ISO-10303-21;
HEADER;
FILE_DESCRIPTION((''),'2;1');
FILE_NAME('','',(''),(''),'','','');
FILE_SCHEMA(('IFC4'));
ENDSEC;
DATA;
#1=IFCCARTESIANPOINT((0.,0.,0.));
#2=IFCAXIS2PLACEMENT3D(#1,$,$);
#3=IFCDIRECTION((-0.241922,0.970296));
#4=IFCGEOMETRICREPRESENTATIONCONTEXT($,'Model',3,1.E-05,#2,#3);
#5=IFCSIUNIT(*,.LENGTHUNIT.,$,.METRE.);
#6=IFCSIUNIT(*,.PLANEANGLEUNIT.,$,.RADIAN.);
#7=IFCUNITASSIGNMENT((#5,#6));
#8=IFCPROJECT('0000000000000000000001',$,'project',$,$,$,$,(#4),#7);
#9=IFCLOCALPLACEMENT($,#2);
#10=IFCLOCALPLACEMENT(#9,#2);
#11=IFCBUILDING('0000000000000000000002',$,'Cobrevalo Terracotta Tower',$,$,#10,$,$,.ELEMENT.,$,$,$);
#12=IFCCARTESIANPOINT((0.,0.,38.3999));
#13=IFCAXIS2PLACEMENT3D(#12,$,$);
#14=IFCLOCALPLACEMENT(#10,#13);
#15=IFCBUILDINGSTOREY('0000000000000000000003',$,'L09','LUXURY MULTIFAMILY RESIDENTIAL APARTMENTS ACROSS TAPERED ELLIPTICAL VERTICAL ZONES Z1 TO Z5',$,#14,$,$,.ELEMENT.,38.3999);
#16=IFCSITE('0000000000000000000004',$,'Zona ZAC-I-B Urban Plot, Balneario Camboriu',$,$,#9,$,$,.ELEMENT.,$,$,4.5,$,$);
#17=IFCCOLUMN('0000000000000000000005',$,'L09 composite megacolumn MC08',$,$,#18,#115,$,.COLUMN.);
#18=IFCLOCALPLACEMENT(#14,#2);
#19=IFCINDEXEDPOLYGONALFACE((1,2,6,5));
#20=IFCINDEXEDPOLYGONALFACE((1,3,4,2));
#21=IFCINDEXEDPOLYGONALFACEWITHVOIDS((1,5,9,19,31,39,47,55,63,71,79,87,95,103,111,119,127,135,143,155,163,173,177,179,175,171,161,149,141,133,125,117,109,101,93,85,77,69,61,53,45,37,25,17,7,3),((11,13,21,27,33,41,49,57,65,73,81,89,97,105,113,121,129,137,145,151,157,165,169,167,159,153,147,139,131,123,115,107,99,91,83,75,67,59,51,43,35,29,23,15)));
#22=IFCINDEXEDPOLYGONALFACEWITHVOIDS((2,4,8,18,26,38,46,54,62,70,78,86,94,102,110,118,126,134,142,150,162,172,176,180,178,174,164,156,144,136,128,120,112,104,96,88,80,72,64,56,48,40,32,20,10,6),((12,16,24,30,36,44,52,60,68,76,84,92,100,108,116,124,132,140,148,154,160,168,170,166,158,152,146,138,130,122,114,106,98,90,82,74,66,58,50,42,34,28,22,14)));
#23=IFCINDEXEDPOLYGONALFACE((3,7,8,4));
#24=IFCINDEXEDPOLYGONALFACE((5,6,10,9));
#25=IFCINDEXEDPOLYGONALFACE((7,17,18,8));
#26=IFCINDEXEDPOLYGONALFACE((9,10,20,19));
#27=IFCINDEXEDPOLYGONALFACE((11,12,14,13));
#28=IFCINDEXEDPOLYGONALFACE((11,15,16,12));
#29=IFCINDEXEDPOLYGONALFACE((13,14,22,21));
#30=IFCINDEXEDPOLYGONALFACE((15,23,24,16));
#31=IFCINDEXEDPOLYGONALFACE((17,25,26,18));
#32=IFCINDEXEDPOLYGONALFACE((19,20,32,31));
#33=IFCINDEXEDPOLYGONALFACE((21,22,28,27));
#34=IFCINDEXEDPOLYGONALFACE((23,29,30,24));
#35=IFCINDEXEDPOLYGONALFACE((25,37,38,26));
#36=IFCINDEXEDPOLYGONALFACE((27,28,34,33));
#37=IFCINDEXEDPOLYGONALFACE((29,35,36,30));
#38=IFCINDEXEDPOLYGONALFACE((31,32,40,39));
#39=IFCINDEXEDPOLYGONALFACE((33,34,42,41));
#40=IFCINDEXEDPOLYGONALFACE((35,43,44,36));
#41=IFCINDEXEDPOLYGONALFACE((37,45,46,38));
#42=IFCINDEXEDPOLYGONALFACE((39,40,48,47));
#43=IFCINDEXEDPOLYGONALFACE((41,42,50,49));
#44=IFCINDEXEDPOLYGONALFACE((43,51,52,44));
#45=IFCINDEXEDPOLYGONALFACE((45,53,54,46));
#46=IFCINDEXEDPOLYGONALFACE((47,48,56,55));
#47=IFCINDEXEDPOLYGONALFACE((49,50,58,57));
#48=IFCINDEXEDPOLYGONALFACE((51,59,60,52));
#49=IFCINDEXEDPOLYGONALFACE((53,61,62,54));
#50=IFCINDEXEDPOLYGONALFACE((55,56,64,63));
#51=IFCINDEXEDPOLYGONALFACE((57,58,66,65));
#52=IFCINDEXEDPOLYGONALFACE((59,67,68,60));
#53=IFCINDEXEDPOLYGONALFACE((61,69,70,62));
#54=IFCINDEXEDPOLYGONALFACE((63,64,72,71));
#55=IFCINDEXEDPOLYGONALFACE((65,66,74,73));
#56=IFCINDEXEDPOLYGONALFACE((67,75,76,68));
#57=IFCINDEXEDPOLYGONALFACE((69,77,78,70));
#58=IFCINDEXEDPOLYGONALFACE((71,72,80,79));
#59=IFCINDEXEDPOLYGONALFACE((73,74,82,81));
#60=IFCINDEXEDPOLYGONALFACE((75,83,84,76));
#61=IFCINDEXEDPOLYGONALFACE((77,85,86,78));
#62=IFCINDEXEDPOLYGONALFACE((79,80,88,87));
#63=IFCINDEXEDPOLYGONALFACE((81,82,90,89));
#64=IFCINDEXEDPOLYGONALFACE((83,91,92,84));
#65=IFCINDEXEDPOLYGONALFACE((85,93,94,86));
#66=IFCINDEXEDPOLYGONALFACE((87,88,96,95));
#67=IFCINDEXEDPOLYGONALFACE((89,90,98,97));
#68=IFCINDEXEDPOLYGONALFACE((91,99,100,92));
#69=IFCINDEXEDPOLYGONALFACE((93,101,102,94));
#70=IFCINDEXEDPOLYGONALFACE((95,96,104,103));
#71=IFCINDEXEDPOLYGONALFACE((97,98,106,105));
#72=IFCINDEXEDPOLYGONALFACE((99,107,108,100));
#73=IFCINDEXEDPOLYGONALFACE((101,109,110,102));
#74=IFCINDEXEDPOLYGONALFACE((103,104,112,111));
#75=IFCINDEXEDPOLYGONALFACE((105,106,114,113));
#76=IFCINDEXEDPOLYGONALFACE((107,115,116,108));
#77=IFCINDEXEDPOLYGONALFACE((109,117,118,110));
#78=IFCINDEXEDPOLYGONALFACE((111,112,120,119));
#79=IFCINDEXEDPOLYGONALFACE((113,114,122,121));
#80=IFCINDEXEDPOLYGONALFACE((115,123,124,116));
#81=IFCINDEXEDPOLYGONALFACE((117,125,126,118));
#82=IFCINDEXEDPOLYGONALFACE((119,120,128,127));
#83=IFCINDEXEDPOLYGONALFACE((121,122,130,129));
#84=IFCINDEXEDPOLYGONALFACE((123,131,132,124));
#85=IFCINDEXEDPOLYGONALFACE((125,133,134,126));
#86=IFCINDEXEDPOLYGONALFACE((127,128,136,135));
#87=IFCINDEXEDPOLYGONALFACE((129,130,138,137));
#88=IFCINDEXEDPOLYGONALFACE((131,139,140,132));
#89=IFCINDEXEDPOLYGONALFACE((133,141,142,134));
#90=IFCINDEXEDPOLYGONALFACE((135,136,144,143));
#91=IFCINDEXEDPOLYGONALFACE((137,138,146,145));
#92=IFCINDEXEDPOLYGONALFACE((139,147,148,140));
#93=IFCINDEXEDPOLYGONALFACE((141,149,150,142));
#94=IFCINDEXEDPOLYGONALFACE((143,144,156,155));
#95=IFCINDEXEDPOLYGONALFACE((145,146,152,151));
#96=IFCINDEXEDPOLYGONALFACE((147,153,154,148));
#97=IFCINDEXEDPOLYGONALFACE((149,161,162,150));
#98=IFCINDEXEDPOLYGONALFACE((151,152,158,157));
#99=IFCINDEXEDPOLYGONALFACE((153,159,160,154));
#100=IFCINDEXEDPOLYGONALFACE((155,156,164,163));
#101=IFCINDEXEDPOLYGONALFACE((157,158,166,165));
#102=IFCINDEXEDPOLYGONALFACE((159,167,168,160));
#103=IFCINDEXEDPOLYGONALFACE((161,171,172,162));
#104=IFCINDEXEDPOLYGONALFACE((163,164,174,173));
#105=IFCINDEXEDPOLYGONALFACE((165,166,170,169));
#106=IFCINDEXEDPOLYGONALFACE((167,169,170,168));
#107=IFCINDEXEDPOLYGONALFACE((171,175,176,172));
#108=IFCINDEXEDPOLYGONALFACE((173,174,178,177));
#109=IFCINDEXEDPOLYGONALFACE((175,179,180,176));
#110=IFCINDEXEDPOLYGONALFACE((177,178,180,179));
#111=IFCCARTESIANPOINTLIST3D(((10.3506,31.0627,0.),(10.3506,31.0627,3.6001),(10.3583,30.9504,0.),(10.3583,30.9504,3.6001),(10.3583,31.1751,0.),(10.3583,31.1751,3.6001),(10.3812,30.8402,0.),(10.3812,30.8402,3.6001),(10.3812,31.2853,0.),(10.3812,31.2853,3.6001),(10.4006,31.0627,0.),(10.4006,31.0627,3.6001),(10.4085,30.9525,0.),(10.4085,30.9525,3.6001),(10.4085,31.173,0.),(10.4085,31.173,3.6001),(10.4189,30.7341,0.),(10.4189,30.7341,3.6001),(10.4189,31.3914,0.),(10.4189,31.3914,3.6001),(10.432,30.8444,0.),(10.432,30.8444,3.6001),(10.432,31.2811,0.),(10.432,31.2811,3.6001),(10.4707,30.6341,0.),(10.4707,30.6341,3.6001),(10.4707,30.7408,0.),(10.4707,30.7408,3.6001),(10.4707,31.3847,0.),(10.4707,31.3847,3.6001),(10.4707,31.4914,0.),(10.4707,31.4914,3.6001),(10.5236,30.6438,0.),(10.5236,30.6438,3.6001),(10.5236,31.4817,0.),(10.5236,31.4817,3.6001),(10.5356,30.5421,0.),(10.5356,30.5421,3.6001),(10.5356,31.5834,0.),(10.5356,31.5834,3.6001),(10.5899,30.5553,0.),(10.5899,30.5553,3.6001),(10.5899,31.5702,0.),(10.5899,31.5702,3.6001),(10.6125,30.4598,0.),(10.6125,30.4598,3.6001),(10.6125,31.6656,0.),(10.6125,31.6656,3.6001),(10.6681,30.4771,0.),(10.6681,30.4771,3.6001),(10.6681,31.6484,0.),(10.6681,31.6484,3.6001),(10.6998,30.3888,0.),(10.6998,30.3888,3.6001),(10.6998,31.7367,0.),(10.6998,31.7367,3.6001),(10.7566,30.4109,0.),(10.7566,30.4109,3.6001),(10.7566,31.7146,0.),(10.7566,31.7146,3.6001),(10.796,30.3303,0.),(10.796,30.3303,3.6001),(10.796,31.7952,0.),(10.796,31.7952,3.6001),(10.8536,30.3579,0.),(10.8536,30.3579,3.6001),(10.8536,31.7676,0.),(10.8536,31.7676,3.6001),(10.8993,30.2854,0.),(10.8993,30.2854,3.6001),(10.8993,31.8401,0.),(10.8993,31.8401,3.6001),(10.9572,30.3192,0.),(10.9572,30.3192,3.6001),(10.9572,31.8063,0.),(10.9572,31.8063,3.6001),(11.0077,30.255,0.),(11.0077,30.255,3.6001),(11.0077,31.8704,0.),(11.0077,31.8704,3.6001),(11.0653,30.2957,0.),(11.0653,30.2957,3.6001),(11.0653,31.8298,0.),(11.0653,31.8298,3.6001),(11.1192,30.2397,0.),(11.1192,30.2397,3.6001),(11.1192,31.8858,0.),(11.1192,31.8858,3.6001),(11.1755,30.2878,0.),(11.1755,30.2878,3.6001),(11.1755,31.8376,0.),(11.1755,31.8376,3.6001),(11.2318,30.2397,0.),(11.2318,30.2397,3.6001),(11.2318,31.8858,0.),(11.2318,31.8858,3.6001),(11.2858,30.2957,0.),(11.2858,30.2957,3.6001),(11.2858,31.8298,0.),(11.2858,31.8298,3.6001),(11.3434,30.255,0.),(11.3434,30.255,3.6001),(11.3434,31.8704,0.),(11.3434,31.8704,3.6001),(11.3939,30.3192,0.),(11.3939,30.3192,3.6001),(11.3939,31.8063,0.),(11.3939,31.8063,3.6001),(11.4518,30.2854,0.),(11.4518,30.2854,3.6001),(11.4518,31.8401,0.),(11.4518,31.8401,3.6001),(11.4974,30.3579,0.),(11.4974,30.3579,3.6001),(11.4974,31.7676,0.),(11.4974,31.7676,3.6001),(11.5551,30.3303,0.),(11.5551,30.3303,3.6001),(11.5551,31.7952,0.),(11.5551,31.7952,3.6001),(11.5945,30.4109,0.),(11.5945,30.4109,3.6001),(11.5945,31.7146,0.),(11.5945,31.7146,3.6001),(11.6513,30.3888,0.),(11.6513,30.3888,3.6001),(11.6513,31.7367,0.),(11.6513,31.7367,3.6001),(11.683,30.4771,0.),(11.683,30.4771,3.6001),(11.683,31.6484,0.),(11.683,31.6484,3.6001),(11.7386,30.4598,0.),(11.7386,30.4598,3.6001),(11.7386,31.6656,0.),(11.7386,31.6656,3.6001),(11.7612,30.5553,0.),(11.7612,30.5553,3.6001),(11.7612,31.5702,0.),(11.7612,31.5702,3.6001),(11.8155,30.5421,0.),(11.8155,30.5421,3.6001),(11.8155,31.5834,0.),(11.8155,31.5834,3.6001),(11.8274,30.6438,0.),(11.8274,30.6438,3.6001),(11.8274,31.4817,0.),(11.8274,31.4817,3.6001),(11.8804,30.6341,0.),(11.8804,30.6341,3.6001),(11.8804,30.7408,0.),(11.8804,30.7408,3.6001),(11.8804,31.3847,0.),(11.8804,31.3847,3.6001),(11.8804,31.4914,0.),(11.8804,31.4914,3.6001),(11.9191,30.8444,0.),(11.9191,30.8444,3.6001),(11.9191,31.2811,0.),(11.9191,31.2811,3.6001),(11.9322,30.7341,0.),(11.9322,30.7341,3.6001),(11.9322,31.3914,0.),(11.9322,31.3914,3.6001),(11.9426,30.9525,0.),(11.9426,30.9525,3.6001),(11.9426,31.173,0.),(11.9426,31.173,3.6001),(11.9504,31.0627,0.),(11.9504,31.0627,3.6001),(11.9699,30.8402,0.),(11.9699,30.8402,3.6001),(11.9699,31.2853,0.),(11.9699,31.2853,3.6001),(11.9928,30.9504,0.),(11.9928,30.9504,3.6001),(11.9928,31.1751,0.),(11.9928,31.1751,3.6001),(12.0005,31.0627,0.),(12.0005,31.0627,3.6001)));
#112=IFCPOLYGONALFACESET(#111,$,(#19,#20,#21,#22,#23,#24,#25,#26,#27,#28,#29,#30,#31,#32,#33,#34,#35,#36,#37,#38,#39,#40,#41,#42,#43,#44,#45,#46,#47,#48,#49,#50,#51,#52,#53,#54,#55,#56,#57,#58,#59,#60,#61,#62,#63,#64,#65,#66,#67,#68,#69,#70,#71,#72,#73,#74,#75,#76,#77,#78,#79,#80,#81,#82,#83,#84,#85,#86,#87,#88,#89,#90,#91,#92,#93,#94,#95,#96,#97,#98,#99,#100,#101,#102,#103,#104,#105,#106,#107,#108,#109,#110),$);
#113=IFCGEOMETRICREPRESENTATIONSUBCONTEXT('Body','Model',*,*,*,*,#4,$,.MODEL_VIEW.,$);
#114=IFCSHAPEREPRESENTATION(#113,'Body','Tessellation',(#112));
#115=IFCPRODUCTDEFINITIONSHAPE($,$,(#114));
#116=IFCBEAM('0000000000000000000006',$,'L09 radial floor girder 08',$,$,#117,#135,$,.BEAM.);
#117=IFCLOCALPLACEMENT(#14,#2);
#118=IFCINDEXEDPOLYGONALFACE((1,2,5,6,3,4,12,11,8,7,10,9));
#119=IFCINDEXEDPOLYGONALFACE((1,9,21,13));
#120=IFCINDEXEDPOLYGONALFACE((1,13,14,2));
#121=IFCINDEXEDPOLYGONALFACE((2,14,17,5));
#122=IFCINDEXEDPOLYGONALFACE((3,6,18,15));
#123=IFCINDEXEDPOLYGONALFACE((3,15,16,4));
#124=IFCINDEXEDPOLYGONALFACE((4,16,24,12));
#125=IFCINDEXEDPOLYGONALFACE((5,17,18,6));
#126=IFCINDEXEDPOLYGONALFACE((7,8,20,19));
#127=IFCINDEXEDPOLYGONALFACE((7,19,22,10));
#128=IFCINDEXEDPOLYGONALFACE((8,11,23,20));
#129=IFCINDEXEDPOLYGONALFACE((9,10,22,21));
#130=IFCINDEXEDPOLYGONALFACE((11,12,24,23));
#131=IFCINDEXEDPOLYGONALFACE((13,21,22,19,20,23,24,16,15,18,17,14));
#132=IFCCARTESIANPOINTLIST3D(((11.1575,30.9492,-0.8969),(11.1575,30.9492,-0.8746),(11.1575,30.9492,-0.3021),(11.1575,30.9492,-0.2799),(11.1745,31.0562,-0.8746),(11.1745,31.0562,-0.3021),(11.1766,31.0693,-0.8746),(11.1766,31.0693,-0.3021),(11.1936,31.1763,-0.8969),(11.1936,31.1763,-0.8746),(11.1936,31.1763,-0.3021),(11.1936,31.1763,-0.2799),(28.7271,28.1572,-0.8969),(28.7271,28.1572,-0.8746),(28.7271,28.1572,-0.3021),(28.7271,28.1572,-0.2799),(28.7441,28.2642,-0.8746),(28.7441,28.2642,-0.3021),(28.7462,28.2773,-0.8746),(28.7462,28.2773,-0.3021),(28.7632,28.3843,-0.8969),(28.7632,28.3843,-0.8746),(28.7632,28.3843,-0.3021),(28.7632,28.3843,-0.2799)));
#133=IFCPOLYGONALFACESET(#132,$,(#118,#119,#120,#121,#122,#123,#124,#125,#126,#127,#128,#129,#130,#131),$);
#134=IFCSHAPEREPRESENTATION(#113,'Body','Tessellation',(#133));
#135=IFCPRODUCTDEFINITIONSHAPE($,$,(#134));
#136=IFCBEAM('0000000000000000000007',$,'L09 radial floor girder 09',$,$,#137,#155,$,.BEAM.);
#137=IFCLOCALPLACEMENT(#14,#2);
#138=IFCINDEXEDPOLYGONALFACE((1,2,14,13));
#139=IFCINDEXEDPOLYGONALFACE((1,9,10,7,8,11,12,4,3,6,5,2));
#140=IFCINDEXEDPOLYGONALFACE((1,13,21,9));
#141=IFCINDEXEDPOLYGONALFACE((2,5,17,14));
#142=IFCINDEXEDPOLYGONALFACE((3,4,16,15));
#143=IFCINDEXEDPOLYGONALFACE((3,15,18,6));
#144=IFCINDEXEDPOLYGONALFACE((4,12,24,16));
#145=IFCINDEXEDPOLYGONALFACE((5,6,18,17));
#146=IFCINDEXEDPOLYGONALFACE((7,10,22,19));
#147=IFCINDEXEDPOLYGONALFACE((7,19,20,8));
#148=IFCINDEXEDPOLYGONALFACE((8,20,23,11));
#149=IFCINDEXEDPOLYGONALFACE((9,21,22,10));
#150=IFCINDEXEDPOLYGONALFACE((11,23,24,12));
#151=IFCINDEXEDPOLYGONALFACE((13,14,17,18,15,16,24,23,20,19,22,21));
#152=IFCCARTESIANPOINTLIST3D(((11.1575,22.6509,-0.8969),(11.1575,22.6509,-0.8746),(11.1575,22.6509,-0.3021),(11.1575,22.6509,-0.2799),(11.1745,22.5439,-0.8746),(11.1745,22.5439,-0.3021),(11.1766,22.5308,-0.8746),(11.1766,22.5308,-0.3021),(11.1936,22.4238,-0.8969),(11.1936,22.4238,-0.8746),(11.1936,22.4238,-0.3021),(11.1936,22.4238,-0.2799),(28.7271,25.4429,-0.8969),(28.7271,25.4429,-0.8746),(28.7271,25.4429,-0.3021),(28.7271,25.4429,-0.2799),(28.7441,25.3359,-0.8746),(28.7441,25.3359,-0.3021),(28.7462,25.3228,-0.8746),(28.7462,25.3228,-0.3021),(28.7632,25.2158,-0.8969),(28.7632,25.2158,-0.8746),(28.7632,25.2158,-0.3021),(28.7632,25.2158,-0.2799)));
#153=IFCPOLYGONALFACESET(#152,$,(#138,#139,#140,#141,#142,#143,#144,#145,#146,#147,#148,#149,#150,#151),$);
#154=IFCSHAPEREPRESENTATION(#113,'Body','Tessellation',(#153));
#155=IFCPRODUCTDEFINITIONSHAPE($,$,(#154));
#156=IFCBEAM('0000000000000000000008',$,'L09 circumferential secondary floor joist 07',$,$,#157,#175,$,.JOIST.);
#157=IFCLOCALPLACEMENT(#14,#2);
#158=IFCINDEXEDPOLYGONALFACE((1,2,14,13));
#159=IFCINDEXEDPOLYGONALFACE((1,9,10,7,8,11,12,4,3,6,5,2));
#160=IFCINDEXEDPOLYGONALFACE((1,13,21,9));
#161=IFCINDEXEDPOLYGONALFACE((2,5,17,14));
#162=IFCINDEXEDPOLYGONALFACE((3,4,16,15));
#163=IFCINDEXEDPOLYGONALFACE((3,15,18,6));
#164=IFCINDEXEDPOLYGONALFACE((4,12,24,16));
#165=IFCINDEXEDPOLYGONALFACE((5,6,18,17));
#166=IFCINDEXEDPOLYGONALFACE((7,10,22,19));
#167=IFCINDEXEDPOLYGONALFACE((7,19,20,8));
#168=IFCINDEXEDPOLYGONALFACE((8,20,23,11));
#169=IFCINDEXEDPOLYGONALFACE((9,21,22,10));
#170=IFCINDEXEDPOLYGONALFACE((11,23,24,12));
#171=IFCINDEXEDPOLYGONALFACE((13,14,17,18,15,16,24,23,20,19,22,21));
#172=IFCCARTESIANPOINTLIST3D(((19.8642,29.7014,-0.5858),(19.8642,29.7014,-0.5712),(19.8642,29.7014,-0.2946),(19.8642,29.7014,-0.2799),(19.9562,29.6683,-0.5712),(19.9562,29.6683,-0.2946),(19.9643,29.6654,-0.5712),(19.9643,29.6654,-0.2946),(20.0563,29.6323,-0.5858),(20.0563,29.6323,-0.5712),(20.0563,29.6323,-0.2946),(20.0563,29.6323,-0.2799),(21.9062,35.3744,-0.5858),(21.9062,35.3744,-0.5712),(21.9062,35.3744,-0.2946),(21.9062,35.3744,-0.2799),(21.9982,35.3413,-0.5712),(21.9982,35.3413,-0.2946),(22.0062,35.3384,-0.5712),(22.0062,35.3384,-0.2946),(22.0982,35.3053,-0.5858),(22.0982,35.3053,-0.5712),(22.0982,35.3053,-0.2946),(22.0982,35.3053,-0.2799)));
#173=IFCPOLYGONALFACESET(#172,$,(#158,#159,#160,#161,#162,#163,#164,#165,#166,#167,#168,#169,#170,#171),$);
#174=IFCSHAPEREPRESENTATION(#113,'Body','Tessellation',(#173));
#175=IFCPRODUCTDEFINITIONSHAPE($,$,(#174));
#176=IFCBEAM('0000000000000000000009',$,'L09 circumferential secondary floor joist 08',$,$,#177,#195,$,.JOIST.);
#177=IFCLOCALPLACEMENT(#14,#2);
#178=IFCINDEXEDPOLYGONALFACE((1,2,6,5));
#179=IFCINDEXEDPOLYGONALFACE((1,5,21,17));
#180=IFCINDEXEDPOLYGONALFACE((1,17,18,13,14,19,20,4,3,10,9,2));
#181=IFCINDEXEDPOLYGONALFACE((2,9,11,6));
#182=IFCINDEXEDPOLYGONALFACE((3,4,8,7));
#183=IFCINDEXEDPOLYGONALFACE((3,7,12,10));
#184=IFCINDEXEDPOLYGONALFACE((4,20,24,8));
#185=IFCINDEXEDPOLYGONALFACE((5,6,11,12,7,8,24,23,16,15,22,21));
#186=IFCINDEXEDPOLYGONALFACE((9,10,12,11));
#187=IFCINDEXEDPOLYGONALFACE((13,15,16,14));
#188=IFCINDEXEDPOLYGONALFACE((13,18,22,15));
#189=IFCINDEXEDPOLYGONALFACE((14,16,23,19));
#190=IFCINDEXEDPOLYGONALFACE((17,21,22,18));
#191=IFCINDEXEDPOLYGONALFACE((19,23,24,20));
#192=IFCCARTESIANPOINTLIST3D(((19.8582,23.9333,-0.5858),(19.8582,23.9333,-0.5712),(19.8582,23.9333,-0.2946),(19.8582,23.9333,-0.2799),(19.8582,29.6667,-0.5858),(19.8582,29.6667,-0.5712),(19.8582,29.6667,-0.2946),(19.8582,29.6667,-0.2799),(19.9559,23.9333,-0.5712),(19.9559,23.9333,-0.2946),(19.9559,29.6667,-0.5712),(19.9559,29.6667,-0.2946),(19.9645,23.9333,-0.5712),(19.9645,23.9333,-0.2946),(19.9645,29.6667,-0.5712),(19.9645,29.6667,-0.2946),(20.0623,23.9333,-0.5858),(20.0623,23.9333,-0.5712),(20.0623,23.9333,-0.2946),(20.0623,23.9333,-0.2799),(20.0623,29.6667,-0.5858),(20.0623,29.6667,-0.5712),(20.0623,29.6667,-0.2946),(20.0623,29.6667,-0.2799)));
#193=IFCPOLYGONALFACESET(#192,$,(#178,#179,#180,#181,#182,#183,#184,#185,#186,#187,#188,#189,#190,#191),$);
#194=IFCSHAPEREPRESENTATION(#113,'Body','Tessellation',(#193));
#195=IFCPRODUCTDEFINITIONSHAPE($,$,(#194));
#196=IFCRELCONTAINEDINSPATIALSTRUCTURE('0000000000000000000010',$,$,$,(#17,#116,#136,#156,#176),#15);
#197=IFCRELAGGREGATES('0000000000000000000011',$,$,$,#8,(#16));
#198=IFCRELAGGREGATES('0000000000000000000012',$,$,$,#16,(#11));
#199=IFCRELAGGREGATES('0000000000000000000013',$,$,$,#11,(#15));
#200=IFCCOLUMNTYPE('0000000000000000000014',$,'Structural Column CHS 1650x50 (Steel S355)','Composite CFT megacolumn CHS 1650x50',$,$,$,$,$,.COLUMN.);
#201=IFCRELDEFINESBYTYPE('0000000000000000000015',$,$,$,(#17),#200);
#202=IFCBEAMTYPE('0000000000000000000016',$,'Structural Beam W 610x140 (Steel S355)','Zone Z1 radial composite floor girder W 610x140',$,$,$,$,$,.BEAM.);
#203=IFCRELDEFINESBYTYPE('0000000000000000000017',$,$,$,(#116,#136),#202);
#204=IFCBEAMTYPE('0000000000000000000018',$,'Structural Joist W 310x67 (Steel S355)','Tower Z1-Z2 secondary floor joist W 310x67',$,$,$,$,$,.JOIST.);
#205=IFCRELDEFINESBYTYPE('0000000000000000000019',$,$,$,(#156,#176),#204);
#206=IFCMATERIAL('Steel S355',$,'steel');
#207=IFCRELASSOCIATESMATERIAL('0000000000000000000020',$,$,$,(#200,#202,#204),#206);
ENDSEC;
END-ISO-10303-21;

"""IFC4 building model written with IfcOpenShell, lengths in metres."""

from ifc_helpers import new_model, si_unit, direction, frame, origin, origin_2d, place, context, subcontext, project, spatial, hollow_circle, i_section, extrude, material, material_profile, profile_set, type_object, element, save


model = new_model("IFC4")

# Units and contexts
model_context = context("Model", 3, precision=1e-05, world=origin(), true_north=direction((-0.241922, 0.970296)))
body_context = subcontext(model_context, "Body", "Model", "MODEL_VIEW")
ifc_project = project(units=[si_unit("LENGTHUNIT", "METRE"), si_unit("PLANEANGLEUNIT", "RADIAN")], contexts=[model_context])

# Site, building, storey
site_placement = place(None, origin())
site = spatial("IfcSite", under=ifc_project, at=site_placement, Name="Zona ZAC-I-B Urban Plot, Balneario Camboriu", CompositionType="ELEMENT", RefElevation=4.5)
building_placement = place(site_placement, origin())
building = spatial("IfcBuilding", under=site, at=building_placement, Name="Cobrevalo Terracotta Tower", CompositionType="ELEMENT")
storey_placement = place(building_placement, frame((0.0, 0.0, 38.3999)))
storey = spatial("IfcBuildingStorey", under=building, at=storey_placement, Name="L09", Description="LUXURY MULTIFAMILY RESIDENTIAL APARTMENTS ACROSS TAPERED ELLIPTICAL VERTICAL ZONES Z1 TO Z5", CompositionType="ELEMENT", Elevation=38.3999)

# Column
ifc_material_1 = material(Name="Steel S355", Category="steel")
ifc_material_profile_1 = material_profile(ifc_material_1, hollow_circle(Radius=0.825, WallThickness=0.05, at=origin_2d()), Name="CHS 1650x50")
ifc_profile_set_1 = profile_set([ifc_material_profile_1], Name="Steel S355")
column_type = type_object("IfcColumnType", Name="Structural Column CHS 1650x50 (Steel S355)", Description="Composite CFT megacolumn CHS 1650x50", PredefinedType="COLUMN", material=ifc_profile_set_1)
column_placement = place(storey_placement, frame((11.1755, 31.0627, 0.0), z_axis=(0.0, 0.0, 1.0), x_axis=(1.0, 0.0, 0.0)))
element("IfcColumn", 1, at=column_placement, inside=storey, type_object=column_type, Name="L09 composite megacolumn MC08", PredefinedType="COLUMN", context=body_context, shape_type="SweptSolid", body=[
    extrude(hollow_circle(Radius=0.825, WallThickness=0.05, at=origin_2d()), origin(), (0.0, 0.0, 1.0), 3.6001),
])

# Beams
ifc_material_profile_2 = material_profile(ifc_material_1, i_section(OverallWidth=0.23, OverallDepth=0.6169, WebThickness=0.0132, FlangeThickness=0.0222, at=origin_2d()), Name="W 610x140")
ifc_profile_set_2 = profile_set([ifc_material_profile_2], Name="Steel S355")
beam_type_1 = type_object("IfcBeamType", Name="Structural Beam W 610x140 (Steel S355)", Description="Zone Z1 radial composite floor girder W 610x140", PredefinedType="BEAM", material=ifc_profile_set_2)
for number, where, z_axis, x_axis, name in (
    (2, (11.1755, 31.0627, -0.5884), (0.987608, -0.156941, 0.0), (0.156941, 0.987608, 0.0), "L09 radial floor girder 08"),
    (3, (11.1755, 22.5374, -0.5884), (0.987608, 0.156941, 0.0), (-0.156941, 0.987608, 0.0), "L09 radial floor girder 09"),
):
    element("IfcBeam", number, at=place(storey_placement, frame(where, z_axis=z_axis, x_axis=x_axis)), inside=storey, type_object=beam_type_1, Name=name, PredefinedType="BEAM", context=body_context, shape_type="SweptSolid", body=[
        extrude(i_section(OverallWidth=0.23, OverallDepth=0.6169, WebThickness=0.0132, FlangeThickness=0.0222, at=origin_2d()), origin(), (0.0, 0.0, 1.0), 17.79),
    ])
ifc_material_profile_3 = material_profile(ifc_material_1, i_section(OverallWidth=0.2041, OverallDepth=0.3059, WebThickness=0.0085, FlangeThickness=0.0146, at=origin_2d()), Name="W 310x67")
ifc_profile_set_3 = profile_set([ifc_material_profile_3], Name="Steel S355")
beam_type_2 = type_object("IfcBeamType", Name="Structural Joist W 310x67 (Steel S355)", Description="Tower Z1-Z2 secondary floor joist W 310x67", PredefinedType="JOIST", material=ifc_profile_set_3)
beam_1_placement = place(storey_placement, frame((22.0022, 35.3398, -0.4329), z_axis=(-0.338672, -0.940904, 0.0), x_axis=(0.940904, -0.338672, 0.0)))
element("IfcBeam", 4, at=beam_1_placement, inside=storey, type_object=beam_type_2, Name="L09 circumferential secondary floor joist 07", PredefinedType="JOIST", context=body_context, shape_type="SweptSolid", body=[
    extrude(i_section(OverallWidth=0.2041, OverallDepth=0.3059, WebThickness=0.0085, FlangeThickness=0.0146, at=origin_2d()), origin(), (0.0, 0.0, 1.0), 6.0293),
])
beam_2_placement = place(storey_placement, frame((19.9602, 29.6667, -0.4329), z_axis=(0.0, -1.0, 0.0), x_axis=(1.0, 0.0, 0.0)))
element("IfcBeam", 5, at=beam_2_placement, inside=storey, type_object=beam_type_2, Name="L09 circumferential secondary floor joist 08", PredefinedType="JOIST", context=body_context, shape_type="SweptSolid", body=[
    extrude(i_section(OverallWidth=0.2041, OverallDepth=0.3059, WebThickness=0.0085, FlangeThickness=0.0146, at=origin_2d()), origin(), (0.0, 0.0, 1.0), 5.7334),
])

save(model, "model.ifc")
